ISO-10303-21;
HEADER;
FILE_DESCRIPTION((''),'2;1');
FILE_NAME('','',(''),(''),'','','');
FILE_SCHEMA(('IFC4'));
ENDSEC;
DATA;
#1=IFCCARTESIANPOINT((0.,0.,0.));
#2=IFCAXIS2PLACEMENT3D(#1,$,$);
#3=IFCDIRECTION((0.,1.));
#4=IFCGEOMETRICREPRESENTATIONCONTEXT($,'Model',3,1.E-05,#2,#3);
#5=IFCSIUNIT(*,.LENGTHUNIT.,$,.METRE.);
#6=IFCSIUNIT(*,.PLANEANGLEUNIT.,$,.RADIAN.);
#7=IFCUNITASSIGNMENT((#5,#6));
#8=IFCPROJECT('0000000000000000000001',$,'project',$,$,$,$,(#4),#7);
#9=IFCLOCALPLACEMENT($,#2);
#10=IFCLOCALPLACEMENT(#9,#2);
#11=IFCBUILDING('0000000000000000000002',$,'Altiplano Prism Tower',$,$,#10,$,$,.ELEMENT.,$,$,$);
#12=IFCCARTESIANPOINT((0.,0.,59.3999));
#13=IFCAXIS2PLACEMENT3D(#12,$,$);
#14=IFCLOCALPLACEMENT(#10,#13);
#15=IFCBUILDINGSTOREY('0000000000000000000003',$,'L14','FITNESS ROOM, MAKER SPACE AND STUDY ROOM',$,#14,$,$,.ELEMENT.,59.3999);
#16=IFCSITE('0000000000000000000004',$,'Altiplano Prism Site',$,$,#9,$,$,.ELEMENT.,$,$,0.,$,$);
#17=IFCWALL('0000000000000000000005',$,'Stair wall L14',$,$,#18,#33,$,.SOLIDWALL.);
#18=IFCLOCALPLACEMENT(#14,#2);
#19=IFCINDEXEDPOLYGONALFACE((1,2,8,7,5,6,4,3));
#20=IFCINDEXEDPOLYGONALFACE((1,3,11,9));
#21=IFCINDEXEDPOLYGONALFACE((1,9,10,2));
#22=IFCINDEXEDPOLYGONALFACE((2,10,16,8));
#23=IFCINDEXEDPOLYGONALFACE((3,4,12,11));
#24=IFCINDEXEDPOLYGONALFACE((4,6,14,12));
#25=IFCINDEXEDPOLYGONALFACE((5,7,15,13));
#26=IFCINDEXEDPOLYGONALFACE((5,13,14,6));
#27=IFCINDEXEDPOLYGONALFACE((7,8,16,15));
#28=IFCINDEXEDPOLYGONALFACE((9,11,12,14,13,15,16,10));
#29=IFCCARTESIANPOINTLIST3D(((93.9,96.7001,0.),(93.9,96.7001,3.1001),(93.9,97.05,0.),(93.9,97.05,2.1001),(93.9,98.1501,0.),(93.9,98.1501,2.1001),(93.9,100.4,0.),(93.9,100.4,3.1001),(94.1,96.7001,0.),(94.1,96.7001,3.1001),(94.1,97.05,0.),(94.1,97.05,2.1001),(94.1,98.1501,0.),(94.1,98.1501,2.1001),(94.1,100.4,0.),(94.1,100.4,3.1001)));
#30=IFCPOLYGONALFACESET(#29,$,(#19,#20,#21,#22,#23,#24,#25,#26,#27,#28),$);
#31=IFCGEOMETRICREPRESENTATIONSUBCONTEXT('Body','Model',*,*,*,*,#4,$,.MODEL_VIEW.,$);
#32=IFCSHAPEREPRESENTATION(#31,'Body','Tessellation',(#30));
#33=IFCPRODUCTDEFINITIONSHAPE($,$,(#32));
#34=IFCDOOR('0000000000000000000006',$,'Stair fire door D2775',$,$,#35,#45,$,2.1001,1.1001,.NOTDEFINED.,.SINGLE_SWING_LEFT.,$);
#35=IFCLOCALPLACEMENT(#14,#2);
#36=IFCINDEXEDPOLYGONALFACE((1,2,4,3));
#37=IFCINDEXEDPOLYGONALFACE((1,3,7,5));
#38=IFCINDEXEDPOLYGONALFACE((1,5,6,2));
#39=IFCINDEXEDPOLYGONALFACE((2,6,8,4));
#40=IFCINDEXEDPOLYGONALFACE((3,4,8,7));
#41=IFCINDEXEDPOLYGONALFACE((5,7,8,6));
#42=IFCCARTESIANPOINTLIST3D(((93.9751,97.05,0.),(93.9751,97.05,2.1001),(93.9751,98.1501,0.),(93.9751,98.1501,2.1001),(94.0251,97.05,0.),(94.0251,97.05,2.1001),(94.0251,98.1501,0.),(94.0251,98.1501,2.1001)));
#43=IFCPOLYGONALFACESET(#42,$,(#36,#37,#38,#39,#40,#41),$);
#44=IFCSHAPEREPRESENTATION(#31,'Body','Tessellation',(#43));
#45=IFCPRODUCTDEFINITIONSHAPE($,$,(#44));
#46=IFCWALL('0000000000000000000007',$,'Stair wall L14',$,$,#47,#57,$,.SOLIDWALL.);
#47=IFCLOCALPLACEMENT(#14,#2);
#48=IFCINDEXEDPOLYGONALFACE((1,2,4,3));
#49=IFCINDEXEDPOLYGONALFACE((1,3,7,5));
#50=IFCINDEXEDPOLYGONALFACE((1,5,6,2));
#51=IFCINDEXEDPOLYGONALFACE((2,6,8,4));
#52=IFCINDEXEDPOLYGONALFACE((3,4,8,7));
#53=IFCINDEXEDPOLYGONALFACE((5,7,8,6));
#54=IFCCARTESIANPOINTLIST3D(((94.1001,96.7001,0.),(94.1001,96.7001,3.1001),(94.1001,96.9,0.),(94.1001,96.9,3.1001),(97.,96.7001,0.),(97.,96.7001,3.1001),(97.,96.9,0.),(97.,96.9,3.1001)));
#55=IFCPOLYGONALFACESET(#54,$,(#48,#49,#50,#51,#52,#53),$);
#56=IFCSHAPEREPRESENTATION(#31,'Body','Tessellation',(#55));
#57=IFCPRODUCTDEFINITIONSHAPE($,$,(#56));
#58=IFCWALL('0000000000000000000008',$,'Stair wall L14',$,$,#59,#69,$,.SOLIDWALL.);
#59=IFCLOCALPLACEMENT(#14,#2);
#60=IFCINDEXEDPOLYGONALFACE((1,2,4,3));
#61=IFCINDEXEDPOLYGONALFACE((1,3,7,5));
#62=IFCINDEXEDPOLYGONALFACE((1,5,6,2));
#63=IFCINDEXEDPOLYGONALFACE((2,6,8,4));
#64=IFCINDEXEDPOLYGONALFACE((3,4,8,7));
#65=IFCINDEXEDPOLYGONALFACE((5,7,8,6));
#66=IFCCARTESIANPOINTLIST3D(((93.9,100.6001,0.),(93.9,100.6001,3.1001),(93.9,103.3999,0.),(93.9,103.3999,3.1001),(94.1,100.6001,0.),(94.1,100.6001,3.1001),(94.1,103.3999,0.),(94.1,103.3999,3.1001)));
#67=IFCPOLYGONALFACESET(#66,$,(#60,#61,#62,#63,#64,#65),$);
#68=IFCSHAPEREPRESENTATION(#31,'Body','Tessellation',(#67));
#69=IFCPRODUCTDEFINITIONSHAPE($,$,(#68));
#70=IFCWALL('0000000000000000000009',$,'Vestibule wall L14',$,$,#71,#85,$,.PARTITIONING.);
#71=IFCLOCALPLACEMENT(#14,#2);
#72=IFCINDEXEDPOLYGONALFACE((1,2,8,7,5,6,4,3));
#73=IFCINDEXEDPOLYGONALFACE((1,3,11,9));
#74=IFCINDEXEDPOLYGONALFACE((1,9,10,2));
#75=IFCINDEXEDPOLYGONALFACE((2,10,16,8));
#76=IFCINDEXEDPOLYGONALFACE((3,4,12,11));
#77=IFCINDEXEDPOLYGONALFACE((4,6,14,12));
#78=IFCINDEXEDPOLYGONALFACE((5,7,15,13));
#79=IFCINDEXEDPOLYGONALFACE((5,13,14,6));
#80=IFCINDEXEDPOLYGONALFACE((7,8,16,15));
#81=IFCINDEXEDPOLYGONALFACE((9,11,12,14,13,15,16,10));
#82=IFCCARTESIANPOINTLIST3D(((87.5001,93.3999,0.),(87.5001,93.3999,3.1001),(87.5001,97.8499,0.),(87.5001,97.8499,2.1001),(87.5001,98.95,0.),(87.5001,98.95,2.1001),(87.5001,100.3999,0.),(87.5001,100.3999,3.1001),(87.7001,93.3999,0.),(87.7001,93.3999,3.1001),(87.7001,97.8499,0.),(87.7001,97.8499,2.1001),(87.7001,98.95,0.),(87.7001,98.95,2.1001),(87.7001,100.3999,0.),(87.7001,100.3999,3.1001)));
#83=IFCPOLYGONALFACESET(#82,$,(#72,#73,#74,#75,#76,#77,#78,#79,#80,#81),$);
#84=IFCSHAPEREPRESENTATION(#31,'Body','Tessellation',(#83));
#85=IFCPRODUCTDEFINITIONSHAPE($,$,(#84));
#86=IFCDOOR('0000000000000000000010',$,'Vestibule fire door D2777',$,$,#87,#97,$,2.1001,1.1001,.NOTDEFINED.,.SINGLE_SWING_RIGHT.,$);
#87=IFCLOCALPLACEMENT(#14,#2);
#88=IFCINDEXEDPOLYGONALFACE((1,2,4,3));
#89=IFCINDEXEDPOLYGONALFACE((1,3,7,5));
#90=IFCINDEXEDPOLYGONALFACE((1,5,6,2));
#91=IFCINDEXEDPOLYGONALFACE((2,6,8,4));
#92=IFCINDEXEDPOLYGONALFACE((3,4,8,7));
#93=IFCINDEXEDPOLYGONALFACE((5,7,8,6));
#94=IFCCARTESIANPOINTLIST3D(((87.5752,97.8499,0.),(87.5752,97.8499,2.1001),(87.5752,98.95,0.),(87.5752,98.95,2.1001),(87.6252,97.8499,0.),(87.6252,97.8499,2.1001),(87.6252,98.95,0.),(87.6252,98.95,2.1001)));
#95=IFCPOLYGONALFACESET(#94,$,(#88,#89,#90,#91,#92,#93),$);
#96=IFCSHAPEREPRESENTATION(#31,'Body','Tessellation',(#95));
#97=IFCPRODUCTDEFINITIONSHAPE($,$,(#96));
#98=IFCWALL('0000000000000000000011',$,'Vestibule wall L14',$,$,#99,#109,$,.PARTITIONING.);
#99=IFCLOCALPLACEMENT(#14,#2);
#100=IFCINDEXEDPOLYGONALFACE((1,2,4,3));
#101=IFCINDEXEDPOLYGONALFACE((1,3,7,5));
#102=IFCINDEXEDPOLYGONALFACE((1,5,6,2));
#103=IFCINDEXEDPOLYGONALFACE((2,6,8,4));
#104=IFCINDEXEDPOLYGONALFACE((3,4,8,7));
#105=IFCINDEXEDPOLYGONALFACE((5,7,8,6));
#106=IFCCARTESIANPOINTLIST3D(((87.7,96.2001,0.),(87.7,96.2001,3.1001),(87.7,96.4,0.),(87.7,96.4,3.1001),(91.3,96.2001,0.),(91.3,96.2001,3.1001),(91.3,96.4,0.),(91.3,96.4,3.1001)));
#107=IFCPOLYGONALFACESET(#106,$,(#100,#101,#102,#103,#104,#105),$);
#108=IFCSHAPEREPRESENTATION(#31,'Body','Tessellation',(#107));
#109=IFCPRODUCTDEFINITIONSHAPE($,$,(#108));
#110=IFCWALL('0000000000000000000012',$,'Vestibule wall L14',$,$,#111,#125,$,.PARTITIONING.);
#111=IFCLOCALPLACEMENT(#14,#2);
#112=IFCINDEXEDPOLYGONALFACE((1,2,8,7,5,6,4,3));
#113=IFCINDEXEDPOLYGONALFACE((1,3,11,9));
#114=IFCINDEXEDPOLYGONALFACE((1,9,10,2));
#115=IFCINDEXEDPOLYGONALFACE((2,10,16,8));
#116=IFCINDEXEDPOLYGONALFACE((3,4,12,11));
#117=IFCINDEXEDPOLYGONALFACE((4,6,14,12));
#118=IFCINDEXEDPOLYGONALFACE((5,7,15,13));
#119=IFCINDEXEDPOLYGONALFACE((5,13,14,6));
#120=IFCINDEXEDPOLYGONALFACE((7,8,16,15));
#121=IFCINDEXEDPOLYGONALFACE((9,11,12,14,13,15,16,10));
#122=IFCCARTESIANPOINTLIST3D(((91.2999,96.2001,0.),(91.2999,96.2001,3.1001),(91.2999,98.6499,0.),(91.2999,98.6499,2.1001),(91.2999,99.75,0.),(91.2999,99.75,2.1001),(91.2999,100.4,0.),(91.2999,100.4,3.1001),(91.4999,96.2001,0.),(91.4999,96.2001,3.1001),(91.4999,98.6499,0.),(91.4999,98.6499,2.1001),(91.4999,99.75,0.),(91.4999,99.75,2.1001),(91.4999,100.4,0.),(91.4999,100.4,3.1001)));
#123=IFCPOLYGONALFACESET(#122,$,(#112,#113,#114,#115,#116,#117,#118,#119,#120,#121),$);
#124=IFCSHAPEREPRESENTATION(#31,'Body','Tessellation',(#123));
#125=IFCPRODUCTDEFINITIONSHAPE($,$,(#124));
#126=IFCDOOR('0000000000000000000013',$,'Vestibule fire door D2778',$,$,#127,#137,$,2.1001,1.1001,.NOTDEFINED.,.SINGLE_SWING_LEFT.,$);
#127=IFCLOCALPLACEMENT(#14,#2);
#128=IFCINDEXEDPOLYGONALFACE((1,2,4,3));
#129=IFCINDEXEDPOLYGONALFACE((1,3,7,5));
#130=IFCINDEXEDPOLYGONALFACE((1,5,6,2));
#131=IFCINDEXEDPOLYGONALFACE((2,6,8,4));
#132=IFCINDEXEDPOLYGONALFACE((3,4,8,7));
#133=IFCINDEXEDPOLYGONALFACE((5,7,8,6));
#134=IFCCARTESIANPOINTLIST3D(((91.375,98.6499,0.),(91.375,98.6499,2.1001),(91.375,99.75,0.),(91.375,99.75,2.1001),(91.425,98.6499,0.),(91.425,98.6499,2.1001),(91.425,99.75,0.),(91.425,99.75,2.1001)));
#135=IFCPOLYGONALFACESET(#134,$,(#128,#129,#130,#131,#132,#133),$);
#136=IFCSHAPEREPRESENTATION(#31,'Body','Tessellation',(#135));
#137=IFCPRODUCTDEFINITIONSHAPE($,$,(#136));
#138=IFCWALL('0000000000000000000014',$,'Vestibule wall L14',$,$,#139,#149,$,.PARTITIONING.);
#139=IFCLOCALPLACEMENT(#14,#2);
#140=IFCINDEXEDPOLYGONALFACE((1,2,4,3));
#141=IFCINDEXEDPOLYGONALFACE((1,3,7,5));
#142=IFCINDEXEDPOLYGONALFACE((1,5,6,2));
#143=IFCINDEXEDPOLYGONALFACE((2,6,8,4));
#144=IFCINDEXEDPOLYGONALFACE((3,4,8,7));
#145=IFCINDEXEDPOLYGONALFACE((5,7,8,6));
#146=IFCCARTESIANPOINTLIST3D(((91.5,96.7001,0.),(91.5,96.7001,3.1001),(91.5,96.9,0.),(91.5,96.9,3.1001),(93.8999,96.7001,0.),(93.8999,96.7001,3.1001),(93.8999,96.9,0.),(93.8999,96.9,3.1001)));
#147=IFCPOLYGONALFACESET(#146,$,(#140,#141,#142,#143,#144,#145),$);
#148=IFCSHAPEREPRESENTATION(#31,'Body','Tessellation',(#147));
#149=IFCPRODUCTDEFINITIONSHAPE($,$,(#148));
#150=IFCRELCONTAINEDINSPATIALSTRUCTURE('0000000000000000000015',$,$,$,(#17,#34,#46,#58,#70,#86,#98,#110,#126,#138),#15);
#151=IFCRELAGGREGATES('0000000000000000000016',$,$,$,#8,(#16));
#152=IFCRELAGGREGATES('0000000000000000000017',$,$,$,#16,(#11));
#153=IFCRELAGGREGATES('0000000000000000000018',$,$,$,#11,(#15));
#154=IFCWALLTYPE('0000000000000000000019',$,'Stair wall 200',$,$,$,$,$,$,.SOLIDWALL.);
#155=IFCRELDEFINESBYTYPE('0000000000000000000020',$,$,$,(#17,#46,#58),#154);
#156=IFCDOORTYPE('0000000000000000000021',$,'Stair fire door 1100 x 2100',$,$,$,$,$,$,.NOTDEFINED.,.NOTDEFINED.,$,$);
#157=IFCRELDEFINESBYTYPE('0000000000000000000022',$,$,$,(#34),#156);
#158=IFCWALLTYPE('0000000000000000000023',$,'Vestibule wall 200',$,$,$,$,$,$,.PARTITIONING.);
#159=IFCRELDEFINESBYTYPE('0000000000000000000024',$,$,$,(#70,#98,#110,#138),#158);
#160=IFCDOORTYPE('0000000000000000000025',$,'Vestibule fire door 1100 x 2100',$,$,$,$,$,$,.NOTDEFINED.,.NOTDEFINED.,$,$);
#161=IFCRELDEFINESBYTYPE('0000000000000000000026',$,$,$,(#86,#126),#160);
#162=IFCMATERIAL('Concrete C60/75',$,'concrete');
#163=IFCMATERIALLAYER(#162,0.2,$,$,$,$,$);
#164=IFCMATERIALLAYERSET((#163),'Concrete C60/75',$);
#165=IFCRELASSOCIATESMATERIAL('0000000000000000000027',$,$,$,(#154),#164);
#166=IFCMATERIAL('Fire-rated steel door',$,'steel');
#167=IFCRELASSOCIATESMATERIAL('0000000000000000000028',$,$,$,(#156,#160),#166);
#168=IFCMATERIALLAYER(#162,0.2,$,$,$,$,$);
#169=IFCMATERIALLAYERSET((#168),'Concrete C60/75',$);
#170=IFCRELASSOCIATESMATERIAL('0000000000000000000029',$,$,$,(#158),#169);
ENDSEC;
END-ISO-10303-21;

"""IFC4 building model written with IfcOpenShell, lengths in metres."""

from ifc_helpers import new_model, si_unit, direction, frame, frame_2d, origin, place, context, subcontext, project, spatial, rectangle, extrude, material, layer, layer_set, type_object, element, fill, save


model = new_model("IFC4")

# Units and contexts
model_context = context("Model", 3, precision=1e-05, world=origin(), true_north=direction((0.0, 1.0)))
body_context = subcontext(model_context, "Body", "Model", "MODEL_VIEW")
ifc_project = project(units=[si_unit("LENGTHUNIT", "METRE"), si_unit("PLANEANGLEUNIT", "RADIAN")], contexts=[model_context])

# Site, building, storey
site_placement = place(None, origin())
site = spatial("IfcSite", under=ifc_project, at=site_placement, Name="Altiplano Prism Site", CompositionType="ELEMENT", RefElevation=0.0)
building_placement = place(site_placement, origin())
building = spatial("IfcBuilding", under=site, at=building_placement, Name="Altiplano Prism Tower", CompositionType="ELEMENT")
storey_placement = place(building_placement, frame((0.0, 0.0, 59.3999)))
storey = spatial("IfcBuildingStorey", under=building, at=storey_placement, Name="L14", Description="FITNESS ROOM, MAKER SPACE AND STUDY ROOM", CompositionType="ELEMENT", Elevation=59.3999)

# Shared definitions
ifc_material_1 = material(Name="Concrete C60/75", Category="concrete")

# Wall, opening, door
ifc_layer_1 = layer(ifc_material_1, 0.2)
ifc_layer_set_1 = layer_set([ifc_layer_1], Name="Concrete C60/75")
wall_type_1 = type_object("IfcWallType", Name="Stair wall 200", PredefinedType="SOLIDWALL", material=ifc_layer_set_1)
wall_1_placement = place(storey_placement, frame((94.0, 96.7, 0.0), z_axis=(0.0, 0.0, 1.0), x_axis=(0.0, 1.0, 0.0)))
wall_1 = element("IfcWall", 1, at=wall_1_placement, inside=storey, type_object=wall_type_1, Name="Stair wall L14", PredefinedType="SOLIDWALL", context=body_context, shape_type="SweptSolid", body=[
    extrude(rectangle(XDim=3.7, YDim=0.2, at=frame_2d((1.8501, 0.0))), origin(), (0.0, 0.0, 1.0), 3.1001),
])
opening_1_placement = place(wall_1_placement, frame((0.3501, 0.0, 0.0)))
opening_1 = element("IfcOpeningElement", 2, at=opening_1_placement, cuts=wall_1, PredefinedType="OPENING", context=body_context, shape_type="SweptSolid", body=[
    extrude(rectangle(XDim=1.1001, YDim=2.1001, at=frame_2d((0.55, 1.05))), frame((0.0, 0.1104, 0.0), z_axis=(0.0, -1.0, 0.0), x_axis=(1.0, 0.0, 0.0)), (0.0, 0.0, 1.0), 0.2209),
])
ifc_material_2 = material(Name="Fire-rated steel door", Category="steel")
door_type_1 = type_object("IfcDoorType", Name="Stair fire door 1100 x 2100", OperationType="NOTDEFINED", PredefinedType="NOTDEFINED", material=ifc_material_2)
door_1_placement = place(opening_1_placement, origin())
door_1 = element("IfcDoor", 3, at=door_1_placement, inside=storey, type_object=door_type_1, Name="Stair fire door D2775", OperationType="SINGLE_SWING_LEFT", OverallHeight=2.1001, OverallWidth=1.1001, PredefinedType="NOTDEFINED", context=body_context, shape_type="SweptSolid", body=[
    extrude(rectangle(XDim=1.1001, YDim=2.1001, at=frame_2d((0.55, 1.05))), frame((0.0, 0.0249, 0.0), z_axis=(0.0, -1.0, 0.0), x_axis=(1.0, 0.0, 0.0)), (0.0, 0.0, 1.0), 0.05),
])
fill(opening_1, door_1)

# Walls
wall_2_placement = place(storey_placement, frame((94.1001, 96.8, 0.0), z_axis=(0.0, 0.0, 1.0), x_axis=(1.0, 0.0, 0.0)))
element("IfcWall", 4, at=wall_2_placement, inside=storey, type_object=wall_type_1, Name="Stair wall L14", PredefinedType="SOLIDWALL", context=body_context, shape_type="SweptSolid", body=[
    extrude(rectangle(XDim=2.8999, YDim=0.2, at=frame_2d((1.45, 0.0))), origin(), (0.0, 0.0, 1.0), 3.1001),
])
wall_3_placement = place(storey_placement, frame((94.0, 100.6001, 0.0), z_axis=(0.0, 0.0, 1.0), x_axis=(0.0, 1.0, 0.0)))
element("IfcWall", 5, at=wall_3_placement, inside=storey, type_object=wall_type_1, Name="Stair wall L14", PredefinedType="SOLIDWALL", context=body_context, shape_type="SweptSolid", body=[
    extrude(rectangle(XDim=2.7998, YDim=0.2, at=frame_2d((1.3999, 0.0))), origin(), (0.0, 0.0, 1.0), 3.1001),
])

# Wall, opening, door
ifc_layer_2 = layer(ifc_material_1, 0.2)
ifc_layer_set_2 = layer_set([ifc_layer_2], Name="Concrete C60/75")
wall_type_2 = type_object("IfcWallType", Name="Vestibule wall 200", PredefinedType="PARTITIONING", material=ifc_layer_set_2)
wall_4_placement = place(storey_placement, frame((87.6001, 93.3999, 0.0), z_axis=(0.0, 0.0, 1.0), x_axis=(0.0, 1.0, 0.0)))
wall_4 = element("IfcWall", 6, at=wall_4_placement, inside=storey, type_object=wall_type_2, Name="Vestibule wall L14", PredefinedType="PARTITIONING", context=body_context, shape_type="SweptSolid", body=[
    extrude(rectangle(XDim=7.0, YDim=0.2, at=frame_2d((3.5, 0.0))), origin(), (0.0, 0.0, 1.0), 3.1001),
])
opening_2_placement = place(wall_4_placement, frame((4.45, 0.0, 0.0)))
opening_2 = element("IfcOpeningElement", 7, at=opening_2_placement, cuts=wall_4, PredefinedType="OPENING", context=body_context, shape_type="SweptSolid", body=[
    extrude(rectangle(XDim=1.1001, YDim=2.1001, at=frame_2d((0.55, 1.05))), frame((0.0, 0.1104, 0.0), z_axis=(0.0, -1.0, 0.0), x_axis=(1.0, 0.0, 0.0)), (0.0, 0.0, 1.0), 0.2209),
])
door_type_2 = type_object("IfcDoorType", Name="Vestibule fire door 1100 x 2100", OperationType="NOTDEFINED", PredefinedType="NOTDEFINED", material=ifc_material_2)
door_2_placement = place(opening_2_placement, origin())
door_2 = element("IfcDoor", 8, at=door_2_placement, inside=storey, type_object=door_type_2, Name="Vestibule fire door D2777", OperationType="SINGLE_SWING_RIGHT", OverallHeight=2.1001, OverallWidth=1.1001, PredefinedType="NOTDEFINED", context=body_context, shape_type="SweptSolid", body=[
    extrude(rectangle(XDim=1.1001, YDim=2.1001, at=frame_2d((0.55, 1.05))), frame((0.0, 0.0249, 0.0), z_axis=(0.0, -1.0, 0.0), x_axis=(1.0, 0.0, 0.0)), (0.0, 0.0, 1.0), 0.05),
])
fill(opening_2, door_2)

# Wall
wall_5_placement = place(storey_placement, frame((87.7, 96.3, 0.0), z_axis=(0.0, 0.0, 1.0), x_axis=(1.0, 0.0, 0.0)))
element("IfcWall", 9, at=wall_5_placement, inside=storey, type_object=wall_type_2, Name="Vestibule wall L14", PredefinedType="PARTITIONING", context=body_context, shape_type="SweptSolid", body=[
    extrude(rectangle(XDim=3.6001, YDim=0.2, at=frame_2d((1.8, 0.0))), origin(), (0.0, 0.0, 1.0), 3.1001),
])

# Wall, opening, door
wall_6_placement = place(storey_placement, frame((91.3999, 96.2, 0.0), z_axis=(0.0, 0.0, 1.0), x_axis=(0.0, 1.0, 0.0)))
wall_6 = element("IfcWall", 10, at=wall_6_placement, inside=storey, type_object=wall_type_2, Name="Vestibule wall L14", PredefinedType="PARTITIONING", context=body_context, shape_type="SweptSolid", body=[
    extrude(rectangle(XDim=4.2, YDim=0.2, at=frame_2d((2.1001, 0.0))), origin(), (0.0, 0.0, 1.0), 3.1001),
])
opening_3_placement = place(wall_6_placement, frame((2.45, 0.0, 0.0)))
opening_3 = element("IfcOpeningElement", 11, at=opening_3_placement, cuts=wall_6, PredefinedType="OPENING", context=body_context, shape_type="SweptSolid", body=[
    extrude(rectangle(XDim=1.1001, YDim=2.1001, at=frame_2d((0.55, 1.05))), frame((0.0, 0.1104, 0.0), z_axis=(0.0, -1.0, 0.0), x_axis=(1.0, 0.0, 0.0)), (0.0, 0.0, 1.0), 0.2209),
])
door_3_placement = place(opening_3_placement, origin())
door_3 = element("IfcDoor", 12, at=door_3_placement, inside=storey, type_object=door_type_2, Name="Vestibule fire door D2778", OperationType="SINGLE_SWING_LEFT", OverallHeight=2.1001, OverallWidth=1.1001, PredefinedType="NOTDEFINED", context=body_context, shape_type="SweptSolid", body=[
    extrude(rectangle(XDim=1.1001, YDim=2.1001, at=frame_2d((0.55, 1.05))), frame((0.0, 0.0249, 0.0), z_axis=(0.0, -1.0, 0.0), x_axis=(1.0, 0.0, 0.0)), (0.0, 0.0, 1.0), 0.05),
])
fill(opening_3, door_3)

# Wall
wall_7_placement = place(storey_placement, frame((91.5, 96.8, 0.0), z_axis=(0.0, 0.0, 1.0), x_axis=(1.0, 0.0, 0.0)))
element("IfcWall", 13, at=wall_7_placement, inside=storey, type_object=wall_type_2, Name="Vestibule wall L14", PredefinedType="PARTITIONING", context=body_context, shape_type="SweptSolid", body=[
    extrude(rectangle(XDim=2.3999, YDim=0.2, at=frame_2d((1.2, 0.0))), origin(), (0.0, 0.0, 1.0), 3.1001),
])

save(model, "model.ifc")
